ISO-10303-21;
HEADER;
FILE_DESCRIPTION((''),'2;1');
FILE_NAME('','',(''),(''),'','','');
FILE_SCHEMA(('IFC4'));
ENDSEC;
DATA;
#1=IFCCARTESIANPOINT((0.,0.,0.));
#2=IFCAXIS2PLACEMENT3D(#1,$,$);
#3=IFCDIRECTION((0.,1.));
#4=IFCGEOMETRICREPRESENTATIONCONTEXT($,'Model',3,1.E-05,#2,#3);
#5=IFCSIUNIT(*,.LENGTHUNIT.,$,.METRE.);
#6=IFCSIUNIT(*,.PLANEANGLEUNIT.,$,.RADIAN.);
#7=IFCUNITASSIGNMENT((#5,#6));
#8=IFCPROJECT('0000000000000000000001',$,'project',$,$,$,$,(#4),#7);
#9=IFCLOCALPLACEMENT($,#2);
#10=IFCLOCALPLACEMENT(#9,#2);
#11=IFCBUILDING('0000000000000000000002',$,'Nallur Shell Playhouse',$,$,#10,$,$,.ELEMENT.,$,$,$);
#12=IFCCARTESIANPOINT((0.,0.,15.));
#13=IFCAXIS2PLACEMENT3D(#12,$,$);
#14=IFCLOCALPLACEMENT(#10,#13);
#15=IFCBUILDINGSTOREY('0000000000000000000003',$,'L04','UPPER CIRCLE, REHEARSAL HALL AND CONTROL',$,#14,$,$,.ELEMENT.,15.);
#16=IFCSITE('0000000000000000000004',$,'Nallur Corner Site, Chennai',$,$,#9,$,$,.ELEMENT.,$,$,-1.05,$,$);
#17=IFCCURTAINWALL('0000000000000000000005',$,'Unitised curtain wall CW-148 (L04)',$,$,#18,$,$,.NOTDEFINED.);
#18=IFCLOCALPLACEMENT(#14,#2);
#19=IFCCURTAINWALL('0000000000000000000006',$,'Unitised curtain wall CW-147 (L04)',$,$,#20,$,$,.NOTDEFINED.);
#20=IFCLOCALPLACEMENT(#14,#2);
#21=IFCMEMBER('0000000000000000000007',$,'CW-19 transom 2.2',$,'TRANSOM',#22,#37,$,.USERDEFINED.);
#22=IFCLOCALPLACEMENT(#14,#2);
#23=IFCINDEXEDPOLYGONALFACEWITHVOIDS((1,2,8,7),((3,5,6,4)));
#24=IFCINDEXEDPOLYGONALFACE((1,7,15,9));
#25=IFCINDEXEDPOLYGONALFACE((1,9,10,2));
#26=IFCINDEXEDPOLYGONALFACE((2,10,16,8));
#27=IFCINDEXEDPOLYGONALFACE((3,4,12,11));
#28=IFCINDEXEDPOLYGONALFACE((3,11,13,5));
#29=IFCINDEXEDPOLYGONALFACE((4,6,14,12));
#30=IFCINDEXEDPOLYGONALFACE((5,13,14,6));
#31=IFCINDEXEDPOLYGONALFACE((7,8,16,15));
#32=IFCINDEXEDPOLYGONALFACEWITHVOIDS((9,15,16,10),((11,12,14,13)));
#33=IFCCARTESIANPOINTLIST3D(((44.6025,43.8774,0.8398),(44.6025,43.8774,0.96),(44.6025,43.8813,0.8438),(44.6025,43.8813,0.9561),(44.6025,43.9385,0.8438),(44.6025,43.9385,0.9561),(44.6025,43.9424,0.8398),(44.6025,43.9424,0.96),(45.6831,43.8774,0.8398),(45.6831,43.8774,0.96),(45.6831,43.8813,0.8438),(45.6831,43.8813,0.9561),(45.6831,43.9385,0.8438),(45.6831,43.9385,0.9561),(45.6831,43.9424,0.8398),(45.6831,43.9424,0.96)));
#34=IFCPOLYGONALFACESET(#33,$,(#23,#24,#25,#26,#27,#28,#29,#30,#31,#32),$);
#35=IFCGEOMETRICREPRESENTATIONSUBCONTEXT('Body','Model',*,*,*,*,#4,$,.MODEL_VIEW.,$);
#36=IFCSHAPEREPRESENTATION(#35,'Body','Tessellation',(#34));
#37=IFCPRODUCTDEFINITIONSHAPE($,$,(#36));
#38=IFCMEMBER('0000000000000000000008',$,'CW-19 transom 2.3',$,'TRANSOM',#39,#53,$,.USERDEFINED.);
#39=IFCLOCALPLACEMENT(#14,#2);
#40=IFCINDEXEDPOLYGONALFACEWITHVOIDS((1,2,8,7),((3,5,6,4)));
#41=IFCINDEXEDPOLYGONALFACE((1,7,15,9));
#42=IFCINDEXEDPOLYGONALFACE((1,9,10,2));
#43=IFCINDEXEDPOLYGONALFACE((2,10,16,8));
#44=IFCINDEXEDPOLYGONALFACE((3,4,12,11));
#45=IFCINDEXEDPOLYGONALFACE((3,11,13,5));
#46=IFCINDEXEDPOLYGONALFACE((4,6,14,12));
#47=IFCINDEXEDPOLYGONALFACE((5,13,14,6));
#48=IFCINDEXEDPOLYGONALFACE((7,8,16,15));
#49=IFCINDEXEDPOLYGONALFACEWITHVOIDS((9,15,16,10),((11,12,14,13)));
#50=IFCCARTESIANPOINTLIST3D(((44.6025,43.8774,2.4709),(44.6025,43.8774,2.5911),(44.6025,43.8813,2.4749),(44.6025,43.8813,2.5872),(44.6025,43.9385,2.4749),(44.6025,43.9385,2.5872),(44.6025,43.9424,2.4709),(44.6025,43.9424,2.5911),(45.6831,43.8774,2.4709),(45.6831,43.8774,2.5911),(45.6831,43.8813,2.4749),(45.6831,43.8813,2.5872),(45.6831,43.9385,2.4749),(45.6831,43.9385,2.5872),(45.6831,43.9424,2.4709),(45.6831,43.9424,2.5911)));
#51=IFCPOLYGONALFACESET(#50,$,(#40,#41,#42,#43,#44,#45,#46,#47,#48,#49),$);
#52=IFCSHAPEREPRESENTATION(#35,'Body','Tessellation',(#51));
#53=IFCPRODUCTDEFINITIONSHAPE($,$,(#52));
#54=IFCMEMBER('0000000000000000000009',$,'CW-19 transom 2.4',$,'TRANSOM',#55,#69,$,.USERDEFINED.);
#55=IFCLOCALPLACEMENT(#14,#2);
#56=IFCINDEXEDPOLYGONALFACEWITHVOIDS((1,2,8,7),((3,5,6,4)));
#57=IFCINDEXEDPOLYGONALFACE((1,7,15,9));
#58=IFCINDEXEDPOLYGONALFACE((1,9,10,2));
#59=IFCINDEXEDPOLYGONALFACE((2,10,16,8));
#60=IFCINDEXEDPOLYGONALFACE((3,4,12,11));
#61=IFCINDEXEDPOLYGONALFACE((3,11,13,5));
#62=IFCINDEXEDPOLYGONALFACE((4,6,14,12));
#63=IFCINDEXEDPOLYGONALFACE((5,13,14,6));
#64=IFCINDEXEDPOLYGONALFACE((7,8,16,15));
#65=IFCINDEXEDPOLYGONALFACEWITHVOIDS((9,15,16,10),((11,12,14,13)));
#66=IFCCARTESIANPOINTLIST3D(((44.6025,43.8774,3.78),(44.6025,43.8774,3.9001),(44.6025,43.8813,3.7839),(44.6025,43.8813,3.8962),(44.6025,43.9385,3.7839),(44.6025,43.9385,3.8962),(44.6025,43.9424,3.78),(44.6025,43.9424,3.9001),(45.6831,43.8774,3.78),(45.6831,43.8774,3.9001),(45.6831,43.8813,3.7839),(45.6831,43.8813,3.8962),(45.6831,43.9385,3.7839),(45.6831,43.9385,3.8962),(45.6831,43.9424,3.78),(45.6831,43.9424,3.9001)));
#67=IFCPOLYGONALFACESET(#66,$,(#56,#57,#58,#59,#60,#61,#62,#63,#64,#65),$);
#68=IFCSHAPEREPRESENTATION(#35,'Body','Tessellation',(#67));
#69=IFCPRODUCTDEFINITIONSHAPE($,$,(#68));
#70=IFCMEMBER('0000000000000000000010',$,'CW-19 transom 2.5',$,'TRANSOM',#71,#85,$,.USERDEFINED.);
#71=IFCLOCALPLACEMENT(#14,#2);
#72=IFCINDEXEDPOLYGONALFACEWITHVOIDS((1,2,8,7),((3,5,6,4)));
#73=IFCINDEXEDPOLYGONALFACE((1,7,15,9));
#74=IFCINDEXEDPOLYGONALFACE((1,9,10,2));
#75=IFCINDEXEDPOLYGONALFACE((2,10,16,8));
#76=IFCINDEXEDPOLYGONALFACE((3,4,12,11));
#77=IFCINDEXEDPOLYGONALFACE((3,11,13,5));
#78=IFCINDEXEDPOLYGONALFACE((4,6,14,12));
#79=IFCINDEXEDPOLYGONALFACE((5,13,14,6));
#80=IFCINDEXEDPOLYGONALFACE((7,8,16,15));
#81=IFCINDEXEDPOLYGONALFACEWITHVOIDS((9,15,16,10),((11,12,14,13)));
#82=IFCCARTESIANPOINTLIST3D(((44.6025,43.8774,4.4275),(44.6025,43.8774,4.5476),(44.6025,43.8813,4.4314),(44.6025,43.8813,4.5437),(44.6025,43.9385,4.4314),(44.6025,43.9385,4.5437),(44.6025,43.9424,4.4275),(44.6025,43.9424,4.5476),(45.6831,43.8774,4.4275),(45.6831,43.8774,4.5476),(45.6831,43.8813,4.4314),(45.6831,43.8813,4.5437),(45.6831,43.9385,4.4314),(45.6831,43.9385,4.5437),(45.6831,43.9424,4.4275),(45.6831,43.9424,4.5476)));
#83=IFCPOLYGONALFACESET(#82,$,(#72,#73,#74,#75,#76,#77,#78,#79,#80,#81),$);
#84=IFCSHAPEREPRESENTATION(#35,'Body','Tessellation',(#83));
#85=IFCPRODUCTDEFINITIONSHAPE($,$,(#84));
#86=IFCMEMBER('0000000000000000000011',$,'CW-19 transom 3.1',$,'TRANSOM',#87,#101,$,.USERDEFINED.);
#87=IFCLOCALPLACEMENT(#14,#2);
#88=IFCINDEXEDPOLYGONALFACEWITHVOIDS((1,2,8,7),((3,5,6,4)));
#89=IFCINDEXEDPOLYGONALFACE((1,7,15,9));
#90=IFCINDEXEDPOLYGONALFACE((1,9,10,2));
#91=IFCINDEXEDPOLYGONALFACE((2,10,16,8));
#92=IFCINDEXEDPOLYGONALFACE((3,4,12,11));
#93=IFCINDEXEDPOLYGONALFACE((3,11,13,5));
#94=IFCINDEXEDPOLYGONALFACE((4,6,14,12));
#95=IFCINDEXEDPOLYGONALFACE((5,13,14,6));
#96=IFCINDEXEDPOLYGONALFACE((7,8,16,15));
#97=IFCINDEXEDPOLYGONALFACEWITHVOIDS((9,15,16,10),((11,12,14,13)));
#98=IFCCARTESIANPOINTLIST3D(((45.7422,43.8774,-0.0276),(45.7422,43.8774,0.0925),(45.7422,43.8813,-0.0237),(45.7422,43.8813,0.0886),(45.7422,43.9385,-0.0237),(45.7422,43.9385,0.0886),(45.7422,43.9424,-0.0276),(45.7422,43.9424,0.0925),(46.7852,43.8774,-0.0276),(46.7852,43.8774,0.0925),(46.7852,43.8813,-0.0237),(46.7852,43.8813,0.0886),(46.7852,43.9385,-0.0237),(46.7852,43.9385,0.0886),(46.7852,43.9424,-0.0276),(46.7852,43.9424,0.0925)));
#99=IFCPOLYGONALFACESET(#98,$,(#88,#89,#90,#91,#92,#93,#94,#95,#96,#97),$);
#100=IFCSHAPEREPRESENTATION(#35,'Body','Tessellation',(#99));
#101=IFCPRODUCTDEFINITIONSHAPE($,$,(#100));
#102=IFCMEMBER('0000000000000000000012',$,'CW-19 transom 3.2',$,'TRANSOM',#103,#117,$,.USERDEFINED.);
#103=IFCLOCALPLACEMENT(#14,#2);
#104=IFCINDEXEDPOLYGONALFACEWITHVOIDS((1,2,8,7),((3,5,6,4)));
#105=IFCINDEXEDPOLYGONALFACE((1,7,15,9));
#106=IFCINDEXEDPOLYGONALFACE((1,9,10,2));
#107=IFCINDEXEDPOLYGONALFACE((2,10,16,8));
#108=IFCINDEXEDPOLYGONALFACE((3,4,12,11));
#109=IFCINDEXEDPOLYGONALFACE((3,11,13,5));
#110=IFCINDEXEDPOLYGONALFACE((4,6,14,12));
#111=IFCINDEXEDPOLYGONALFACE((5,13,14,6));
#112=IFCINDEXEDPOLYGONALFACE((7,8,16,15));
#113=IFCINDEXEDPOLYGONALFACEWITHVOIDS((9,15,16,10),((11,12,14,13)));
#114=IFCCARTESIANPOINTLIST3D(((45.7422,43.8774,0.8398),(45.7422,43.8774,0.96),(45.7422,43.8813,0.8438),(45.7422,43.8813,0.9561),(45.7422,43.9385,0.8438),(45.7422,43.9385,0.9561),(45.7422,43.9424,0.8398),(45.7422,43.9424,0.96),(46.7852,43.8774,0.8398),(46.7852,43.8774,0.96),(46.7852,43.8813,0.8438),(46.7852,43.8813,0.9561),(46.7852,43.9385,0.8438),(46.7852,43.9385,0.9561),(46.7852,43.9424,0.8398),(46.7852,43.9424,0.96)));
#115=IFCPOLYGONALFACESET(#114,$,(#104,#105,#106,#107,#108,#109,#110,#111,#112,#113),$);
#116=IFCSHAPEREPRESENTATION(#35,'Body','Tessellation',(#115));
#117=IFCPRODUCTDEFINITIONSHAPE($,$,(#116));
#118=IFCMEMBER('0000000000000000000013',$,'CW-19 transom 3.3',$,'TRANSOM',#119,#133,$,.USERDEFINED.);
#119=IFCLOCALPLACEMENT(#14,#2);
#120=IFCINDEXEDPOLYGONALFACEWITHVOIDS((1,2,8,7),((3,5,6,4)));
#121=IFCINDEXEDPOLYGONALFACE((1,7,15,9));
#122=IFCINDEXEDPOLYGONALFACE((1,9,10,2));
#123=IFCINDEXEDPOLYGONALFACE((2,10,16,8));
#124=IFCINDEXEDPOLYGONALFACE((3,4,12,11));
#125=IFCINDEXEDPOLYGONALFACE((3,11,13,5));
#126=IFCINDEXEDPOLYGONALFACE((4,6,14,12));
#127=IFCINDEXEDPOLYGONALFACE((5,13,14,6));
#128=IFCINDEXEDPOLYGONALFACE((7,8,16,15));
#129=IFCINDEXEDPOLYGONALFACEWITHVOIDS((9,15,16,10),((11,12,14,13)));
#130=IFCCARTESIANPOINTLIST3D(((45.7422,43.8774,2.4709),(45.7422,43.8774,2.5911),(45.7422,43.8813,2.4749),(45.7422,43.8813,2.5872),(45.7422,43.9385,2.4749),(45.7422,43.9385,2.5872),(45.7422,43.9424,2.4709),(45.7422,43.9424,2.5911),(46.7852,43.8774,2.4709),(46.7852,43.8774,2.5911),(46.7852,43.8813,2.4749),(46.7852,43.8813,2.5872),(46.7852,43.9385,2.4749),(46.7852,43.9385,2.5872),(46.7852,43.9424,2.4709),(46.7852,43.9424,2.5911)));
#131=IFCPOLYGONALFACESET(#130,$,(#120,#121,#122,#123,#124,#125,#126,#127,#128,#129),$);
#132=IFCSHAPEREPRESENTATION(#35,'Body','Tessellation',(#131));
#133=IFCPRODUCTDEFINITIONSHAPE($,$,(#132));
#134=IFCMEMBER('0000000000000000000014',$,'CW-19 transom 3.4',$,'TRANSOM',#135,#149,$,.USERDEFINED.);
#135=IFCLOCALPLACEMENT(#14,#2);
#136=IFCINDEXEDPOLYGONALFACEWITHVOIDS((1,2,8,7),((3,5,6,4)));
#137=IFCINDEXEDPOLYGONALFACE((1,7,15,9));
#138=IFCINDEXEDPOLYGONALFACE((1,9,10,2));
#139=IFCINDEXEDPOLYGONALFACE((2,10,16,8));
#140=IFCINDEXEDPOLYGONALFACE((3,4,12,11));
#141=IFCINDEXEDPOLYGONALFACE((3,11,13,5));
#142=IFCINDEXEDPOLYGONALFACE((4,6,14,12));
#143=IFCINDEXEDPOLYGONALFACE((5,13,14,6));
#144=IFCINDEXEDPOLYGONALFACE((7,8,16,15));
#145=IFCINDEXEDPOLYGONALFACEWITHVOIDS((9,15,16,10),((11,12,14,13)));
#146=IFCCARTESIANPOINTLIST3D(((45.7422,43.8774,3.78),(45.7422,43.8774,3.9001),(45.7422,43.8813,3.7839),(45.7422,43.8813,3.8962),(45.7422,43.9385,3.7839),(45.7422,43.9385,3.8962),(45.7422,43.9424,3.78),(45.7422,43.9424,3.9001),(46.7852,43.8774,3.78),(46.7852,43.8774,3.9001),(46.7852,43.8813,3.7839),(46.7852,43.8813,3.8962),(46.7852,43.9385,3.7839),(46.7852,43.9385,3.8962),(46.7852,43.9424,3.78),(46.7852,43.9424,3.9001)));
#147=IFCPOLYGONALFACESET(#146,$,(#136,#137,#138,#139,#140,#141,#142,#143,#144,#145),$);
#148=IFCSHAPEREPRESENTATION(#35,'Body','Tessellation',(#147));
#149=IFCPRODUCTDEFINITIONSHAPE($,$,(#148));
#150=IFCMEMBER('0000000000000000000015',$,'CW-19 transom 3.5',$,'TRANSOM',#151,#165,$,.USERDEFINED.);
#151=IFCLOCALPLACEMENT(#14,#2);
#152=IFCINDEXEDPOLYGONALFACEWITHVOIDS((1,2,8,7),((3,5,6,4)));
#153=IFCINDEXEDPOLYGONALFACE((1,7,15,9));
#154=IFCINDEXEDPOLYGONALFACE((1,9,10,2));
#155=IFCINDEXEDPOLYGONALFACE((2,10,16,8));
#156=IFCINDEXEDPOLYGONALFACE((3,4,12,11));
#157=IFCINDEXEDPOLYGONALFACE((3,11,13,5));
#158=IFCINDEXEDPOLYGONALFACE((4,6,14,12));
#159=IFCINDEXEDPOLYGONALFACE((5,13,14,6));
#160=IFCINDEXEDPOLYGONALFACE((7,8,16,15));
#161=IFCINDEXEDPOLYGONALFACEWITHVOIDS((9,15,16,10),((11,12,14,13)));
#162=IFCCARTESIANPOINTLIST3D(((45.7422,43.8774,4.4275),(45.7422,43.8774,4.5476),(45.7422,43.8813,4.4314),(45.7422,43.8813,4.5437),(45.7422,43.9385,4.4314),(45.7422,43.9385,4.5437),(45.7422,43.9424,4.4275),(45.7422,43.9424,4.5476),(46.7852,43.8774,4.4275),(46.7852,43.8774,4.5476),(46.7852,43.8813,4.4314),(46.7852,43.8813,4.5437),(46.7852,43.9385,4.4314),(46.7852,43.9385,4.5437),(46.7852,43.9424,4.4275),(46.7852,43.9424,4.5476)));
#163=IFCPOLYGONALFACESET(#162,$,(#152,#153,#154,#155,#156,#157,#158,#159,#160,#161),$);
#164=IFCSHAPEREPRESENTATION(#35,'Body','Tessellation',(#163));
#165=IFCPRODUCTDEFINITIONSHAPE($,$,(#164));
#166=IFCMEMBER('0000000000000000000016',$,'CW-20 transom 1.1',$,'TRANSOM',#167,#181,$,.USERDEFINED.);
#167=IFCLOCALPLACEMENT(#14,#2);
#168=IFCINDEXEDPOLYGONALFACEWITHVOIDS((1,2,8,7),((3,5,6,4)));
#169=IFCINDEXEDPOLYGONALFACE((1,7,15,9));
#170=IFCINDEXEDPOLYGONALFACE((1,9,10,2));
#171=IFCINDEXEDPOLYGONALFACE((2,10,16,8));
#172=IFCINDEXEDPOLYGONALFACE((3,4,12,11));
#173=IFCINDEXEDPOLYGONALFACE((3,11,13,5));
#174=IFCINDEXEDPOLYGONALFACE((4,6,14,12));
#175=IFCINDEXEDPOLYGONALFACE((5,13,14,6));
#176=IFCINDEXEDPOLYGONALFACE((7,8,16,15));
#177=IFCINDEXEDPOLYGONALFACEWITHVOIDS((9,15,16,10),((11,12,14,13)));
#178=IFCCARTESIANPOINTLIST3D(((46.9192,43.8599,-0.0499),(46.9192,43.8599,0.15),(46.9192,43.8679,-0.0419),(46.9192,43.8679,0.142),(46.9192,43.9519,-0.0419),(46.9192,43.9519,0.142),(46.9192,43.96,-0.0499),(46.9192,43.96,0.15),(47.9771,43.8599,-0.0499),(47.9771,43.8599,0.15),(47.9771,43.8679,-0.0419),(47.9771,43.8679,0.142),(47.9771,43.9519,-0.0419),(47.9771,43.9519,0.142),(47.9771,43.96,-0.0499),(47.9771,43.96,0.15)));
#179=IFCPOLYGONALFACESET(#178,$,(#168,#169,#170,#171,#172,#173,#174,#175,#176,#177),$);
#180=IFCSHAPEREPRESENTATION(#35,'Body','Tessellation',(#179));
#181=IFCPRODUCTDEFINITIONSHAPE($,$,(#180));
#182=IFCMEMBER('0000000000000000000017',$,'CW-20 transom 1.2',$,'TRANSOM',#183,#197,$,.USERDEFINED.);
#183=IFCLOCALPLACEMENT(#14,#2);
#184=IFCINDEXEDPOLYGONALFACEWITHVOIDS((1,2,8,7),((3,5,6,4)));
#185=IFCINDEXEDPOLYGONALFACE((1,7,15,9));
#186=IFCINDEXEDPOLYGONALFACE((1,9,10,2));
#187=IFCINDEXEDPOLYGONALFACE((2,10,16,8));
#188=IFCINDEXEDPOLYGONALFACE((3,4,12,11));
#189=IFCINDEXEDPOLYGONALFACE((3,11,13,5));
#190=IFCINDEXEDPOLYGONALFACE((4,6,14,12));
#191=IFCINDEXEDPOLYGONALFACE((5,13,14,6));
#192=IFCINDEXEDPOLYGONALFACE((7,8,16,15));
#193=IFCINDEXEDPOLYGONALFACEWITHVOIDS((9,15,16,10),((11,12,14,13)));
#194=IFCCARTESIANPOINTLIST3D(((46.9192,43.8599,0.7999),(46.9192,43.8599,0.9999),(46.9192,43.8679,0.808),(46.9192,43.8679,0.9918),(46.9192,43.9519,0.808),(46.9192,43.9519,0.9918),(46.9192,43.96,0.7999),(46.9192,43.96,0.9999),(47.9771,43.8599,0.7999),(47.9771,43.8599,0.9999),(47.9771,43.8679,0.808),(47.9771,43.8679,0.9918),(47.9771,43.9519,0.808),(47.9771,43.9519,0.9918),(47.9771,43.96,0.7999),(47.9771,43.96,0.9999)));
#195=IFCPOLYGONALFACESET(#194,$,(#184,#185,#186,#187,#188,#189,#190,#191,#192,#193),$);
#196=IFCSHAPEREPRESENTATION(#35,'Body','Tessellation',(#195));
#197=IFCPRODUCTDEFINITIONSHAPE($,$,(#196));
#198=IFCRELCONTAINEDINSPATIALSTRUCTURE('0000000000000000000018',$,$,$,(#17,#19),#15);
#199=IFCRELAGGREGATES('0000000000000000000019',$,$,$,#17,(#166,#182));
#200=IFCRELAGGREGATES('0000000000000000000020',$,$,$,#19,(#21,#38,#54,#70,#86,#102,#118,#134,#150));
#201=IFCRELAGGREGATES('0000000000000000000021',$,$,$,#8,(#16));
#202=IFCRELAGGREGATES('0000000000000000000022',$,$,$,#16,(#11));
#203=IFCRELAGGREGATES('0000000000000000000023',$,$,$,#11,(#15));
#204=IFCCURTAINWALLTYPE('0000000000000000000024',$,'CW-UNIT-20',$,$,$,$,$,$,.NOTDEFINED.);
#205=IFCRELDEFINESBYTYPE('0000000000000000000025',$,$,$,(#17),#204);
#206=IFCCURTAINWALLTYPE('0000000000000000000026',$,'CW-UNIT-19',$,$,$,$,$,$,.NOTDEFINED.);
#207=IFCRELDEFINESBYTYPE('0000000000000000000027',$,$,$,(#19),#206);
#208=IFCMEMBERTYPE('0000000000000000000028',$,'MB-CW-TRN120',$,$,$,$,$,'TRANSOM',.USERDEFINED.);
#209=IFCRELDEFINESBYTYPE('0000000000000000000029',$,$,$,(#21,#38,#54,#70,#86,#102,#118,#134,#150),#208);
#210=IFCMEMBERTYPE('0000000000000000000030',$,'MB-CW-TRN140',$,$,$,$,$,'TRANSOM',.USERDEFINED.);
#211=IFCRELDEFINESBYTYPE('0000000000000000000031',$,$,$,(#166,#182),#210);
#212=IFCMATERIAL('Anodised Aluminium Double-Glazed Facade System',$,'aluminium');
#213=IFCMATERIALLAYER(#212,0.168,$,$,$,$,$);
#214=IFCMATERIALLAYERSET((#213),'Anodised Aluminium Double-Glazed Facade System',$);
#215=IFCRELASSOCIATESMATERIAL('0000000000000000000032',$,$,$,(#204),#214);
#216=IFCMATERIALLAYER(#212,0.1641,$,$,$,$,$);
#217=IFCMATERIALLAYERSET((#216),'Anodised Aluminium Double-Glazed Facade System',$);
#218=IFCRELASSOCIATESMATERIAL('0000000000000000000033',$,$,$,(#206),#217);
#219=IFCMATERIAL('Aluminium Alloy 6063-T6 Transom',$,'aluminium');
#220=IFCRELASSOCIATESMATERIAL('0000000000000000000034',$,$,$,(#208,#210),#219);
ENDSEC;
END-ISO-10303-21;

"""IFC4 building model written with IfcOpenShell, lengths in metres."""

from ifc_helpers import new_model, si_unit, direction, frame, origin, origin_2d, place, context, subcontext, project, spatial, hollow_rectangle, extrude, material, layer, layer_set, material_profile, profile_set, type_object, element, aggregate, save


model = new_model("IFC4")

# Units and contexts
model_context = context("Model", 3, precision=1e-05, world=origin(), true_north=direction((0.0, 1.0)))
body_context = subcontext(model_context, "Body", "Model", "MODEL_VIEW")
ifc_project = project(units=[si_unit("LENGTHUNIT", "METRE"), si_unit("PLANEANGLEUNIT", "RADIAN")], contexts=[model_context])

# Site, building, storey
site_placement = place(None, origin())
site = spatial("IfcSite", under=ifc_project, at=site_placement, Name="Nallur Corner Site, Chennai", CompositionType="ELEMENT", RefElevation=-1.05)
building_placement = place(site_placement, origin())
building = spatial("IfcBuilding", under=site, at=building_placement, Name="Nallur Shell Playhouse", CompositionType="ELEMENT")
storey_placement = place(building_placement, frame((0.0, 0.0, 15.0)))
storey = spatial("IfcBuildingStorey", under=building, at=storey_placement, Name="L04", Description="UPPER CIRCLE, REHEARSAL HALL AND CONTROL", CompositionType="ELEMENT", Elevation=15.0)

# Curtain wall
ifc_material_1 = material(Name="Anodised Aluminium Double-Glazed Facade System", Category="aluminium")
ifc_layer_1 = layer(ifc_material_1, 0.168)
ifc_layer_set_1 = layer_set([ifc_layer_1], Name="Anodised Aluminium Double-Glazed Facade System")
curtain_wall_type_1 = type_object("IfcCurtainWallType", Name="CW-UNIT-20", PredefinedType="NOTDEFINED", material=ifc_layer_set_1)
curtain_wall_1_placement = place(storey_placement, origin())
curtain_wall_1 = element("IfcCurtainWall", 1, at=curtain_wall_1_placement, inside=storey, type_object=curtain_wall_type_1, Name="Unitised curtain wall CW-148 (L04)", PredefinedType="NOTDEFINED")

# Curtain wall, members
ifc_layer_2 = layer(ifc_material_1, 0.1641)
ifc_layer_set_2 = layer_set([ifc_layer_2], Name="Anodised Aluminium Double-Glazed Facade System")
curtain_wall_type_2 = type_object("IfcCurtainWallType", Name="CW-UNIT-19", PredefinedType="NOTDEFINED", material=ifc_layer_set_2)
curtain_wall_2_placement = place(storey_placement, origin())
curtain_wall_2 = element("IfcCurtainWall", 2, at=curtain_wall_2_placement, inside=storey, type_object=curtain_wall_type_2, Name="Unitised curtain wall CW-147 (L04)", PredefinedType="NOTDEFINED")
ifc_material_2 = material(Name="Aluminium Alloy 6063-T6 Transom", Category="aluminium")
ifc_material_profile_1 = material_profile(ifc_material_2, hollow_rectangle(XDim=0.0649, YDim=0.1201, WallThickness=0.0039, at=origin_2d()), Name="ALU 65x120x4")
ifc_profile_set_1 = profile_set([ifc_material_profile_1], Name="Aluminium Alloy 6063-T6 Transom")
member_type_1 = type_object("IfcMemberType", Name="MB-CW-TRN120", ElementType="TRANSOM", PredefinedType="USERDEFINED", material=ifc_profile_set_1)
member_1_placement = place(storey_placement, frame((44.6025, 43.9099, 0.8999), z_axis=(1.0, 0.0, 0.0), x_axis=(0.0, 1.0, 0.0)))
member_1 = element("IfcMember", 3, at=member_1_placement, type_object=member_type_1, Name="CW-19 transom 2.2", ObjectType="TRANSOM", PredefinedType="USERDEFINED", context=body_context, shape_type="SweptSolid", body=[
    extrude(hollow_rectangle(XDim=0.0649, YDim=0.1201, WallThickness=0.0039, at=origin_2d()), origin(), (0.0, 0.0, 1.0), 1.0806),
])
member_2_placement = place(storey_placement, frame((44.6025, 43.9099, 2.531), z_axis=(1.0, 0.0, 0.0), x_axis=(0.0, 1.0, 0.0)))
member_2 = element("IfcMember", 4, at=member_2_placement, type_object=member_type_1, Name="CW-19 transom 2.3", ObjectType="TRANSOM", PredefinedType="USERDEFINED", context=body_context, shape_type="SweptSolid", body=[
    extrude(hollow_rectangle(XDim=0.0649, YDim=0.1201, WallThickness=0.0039, at=origin_2d()), origin(), (0.0, 0.0, 1.0), 1.0806),
])
member_3_placement = place(storey_placement, frame((44.6025, 43.9099, 3.8401), z_axis=(1.0, 0.0, 0.0), x_axis=(0.0, 1.0, 0.0)))
member_3 = element("IfcMember", 5, at=member_3_placement, type_object=member_type_1, Name="CW-19 transom 2.4", ObjectType="TRANSOM", PredefinedType="USERDEFINED", context=body_context, shape_type="SweptSolid", body=[
    extrude(hollow_rectangle(XDim=0.0649, YDim=0.1201, WallThickness=0.0039, at=origin_2d()), origin(), (0.0, 0.0, 1.0), 1.0806),
])
member_4_placement = place(storey_placement, frame((44.6025, 43.9099, 4.4875), z_axis=(1.0, 0.0, 0.0), x_axis=(0.0, 1.0, 0.0)))
member_4 = element("IfcMember", 6, at=member_4_placement, type_object=member_type_1, Name="CW-19 transom 2.5", ObjectType="TRANSOM", PredefinedType="USERDEFINED", context=body_context, shape_type="SweptSolid", body=[
    extrude(hollow_rectangle(XDim=0.0649, YDim=0.1201, WallThickness=0.0039, at=origin_2d()), origin(), (0.0, 0.0, 1.0), 1.0806),
])
member_5_placement = place(storey_placement, frame((45.7422, 43.9099, 0.0325), z_axis=(1.0, 0.0, 0.0), x_axis=(0.0, 1.0, 0.0)))
member_5 = element("IfcMember", 7, at=member_5_placement, type_object=member_type_1, Name="CW-19 transom 3.1", ObjectType="TRANSOM", PredefinedType="USERDEFINED", context=body_context, shape_type="SweptSolid", body=[
    extrude(hollow_rectangle(XDim=0.0649, YDim=0.1201, WallThickness=0.0039, at=origin_2d()), origin(), (0.0, 0.0, 1.0), 1.043),
])
member_6_placement = place(storey_placement, frame((45.7422, 43.9099, 0.8999), z_axis=(1.0, 0.0, 0.0), x_axis=(0.0, 1.0, 0.0)))
member_6 = element("IfcMember", 8, at=member_6_placement, type_object=member_type_1, Name="CW-19 transom 3.2", ObjectType="TRANSOM", PredefinedType="USERDEFINED", context=body_context, shape_type="SweptSolid", body=[
    extrude(hollow_rectangle(XDim=0.0649, YDim=0.1201, WallThickness=0.0039, at=origin_2d()), origin(), (0.0, 0.0, 1.0), 1.043),
])
member_7_placement = place(storey_placement, frame((45.7422, 43.9099, 2.531), z_axis=(1.0, 0.0, 0.0), x_axis=(0.0, 1.0, 0.0)))
member_7 = element("IfcMember", 9, at=member_7_placement, type_object=member_type_1, Name="CW-19 transom 3.3", ObjectType="TRANSOM", PredefinedType="USERDEFINED", context=body_context, shape_type="SweptSolid", body=[
    extrude(hollow_rectangle(XDim=0.0649, YDim=0.1201, WallThickness=0.0039, at=origin_2d()), origin(), (0.0, 0.0, 1.0), 1.043),
])
member_8_placement = place(storey_placement, frame((45.7422, 43.9099, 3.8401), z_axis=(1.0, 0.0, 0.0), x_axis=(0.0, 1.0, 0.0)))
member_8 = element("IfcMember", 10, at=member_8_placement, type_object=member_type_1, Name="CW-19 transom 3.4", ObjectType="TRANSOM", PredefinedType="USERDEFINED", context=body_context, shape_type="SweptSolid", body=[
    extrude(hollow_rectangle(XDim=0.0649, YDim=0.1201, WallThickness=0.0039, at=origin_2d()), origin(), (0.0, 0.0, 1.0), 1.043),
])
member_9_placement = place(storey_placement, frame((45.7422, 43.9099, 4.4875), z_axis=(1.0, 0.0, 0.0), x_axis=(0.0, 1.0, 0.0)))
member_9 = element("IfcMember", 11, at=member_9_placement, type_object=member_type_1, Name="CW-19 transom 3.5", ObjectType="TRANSOM", PredefinedType="USERDEFINED", context=body_context, shape_type="SweptSolid", body=[
    extrude(hollow_rectangle(XDim=0.0649, YDim=0.1201, WallThickness=0.0039, at=origin_2d()), origin(), (0.0, 0.0, 1.0), 1.043),
])

# Members
ifc_material_profile_2 = material_profile(ifc_material_2, hollow_rectangle(XDim=0.1001, YDim=0.2, WallThickness=0.0081, at=origin_2d()), Name="RHS 200x100x8")
ifc_profile_set_2 = profile_set([ifc_material_profile_2], Name="Aluminium Alloy 6063-T6 Transom")
member_type_2 = type_object("IfcMemberType", Name="MB-CW-TRN140", ElementType="TRANSOM", PredefinedType="USERDEFINED", material=ifc_profile_set_2)
member_10_placement = place(storey_placement, frame((46.9192, 43.9099, 0.05), z_axis=(1.0, 0.0, 0.0), x_axis=(0.0, 1.0, 0.0)))
member_10 = element("IfcMember", 12, at=member_10_placement, type_object=member_type_2, Name="CW-20 transom 1.1", ObjectType="TRANSOM", PredefinedType="USERDEFINED", context=body_context, shape_type="SweptSolid", body=[
    extrude(hollow_rectangle(XDim=0.1001, YDim=0.2, WallThickness=0.0081, at=origin_2d()), origin(), (0.0, 0.0, 1.0), 1.0579),
])
member_11_placement = place(storey_placement, frame((46.9192, 43.9099, 0.8999), z_axis=(1.0, 0.0, 0.0), x_axis=(0.0, 1.0, 0.0)))
member_11 = element("IfcMember", 13, at=member_11_placement, type_object=member_type_2, Name="CW-20 transom 1.2", ObjectType="TRANSOM", PredefinedType="USERDEFINED", context=body_context, shape_type="SweptSolid", body=[
    extrude(hollow_rectangle(XDim=0.1001, YDim=0.2, WallThickness=0.0081, at=origin_2d()), origin(), (0.0, 0.0, 1.0), 1.0579),
])
aggregate(curtain_wall_1, [member_10, member_11])

aggregate(curtain_wall_2, [member_1, member_2, member_3, member_4, member_5, member_6, member_7, member_8, member_9])

save(model, "model.ifc")
